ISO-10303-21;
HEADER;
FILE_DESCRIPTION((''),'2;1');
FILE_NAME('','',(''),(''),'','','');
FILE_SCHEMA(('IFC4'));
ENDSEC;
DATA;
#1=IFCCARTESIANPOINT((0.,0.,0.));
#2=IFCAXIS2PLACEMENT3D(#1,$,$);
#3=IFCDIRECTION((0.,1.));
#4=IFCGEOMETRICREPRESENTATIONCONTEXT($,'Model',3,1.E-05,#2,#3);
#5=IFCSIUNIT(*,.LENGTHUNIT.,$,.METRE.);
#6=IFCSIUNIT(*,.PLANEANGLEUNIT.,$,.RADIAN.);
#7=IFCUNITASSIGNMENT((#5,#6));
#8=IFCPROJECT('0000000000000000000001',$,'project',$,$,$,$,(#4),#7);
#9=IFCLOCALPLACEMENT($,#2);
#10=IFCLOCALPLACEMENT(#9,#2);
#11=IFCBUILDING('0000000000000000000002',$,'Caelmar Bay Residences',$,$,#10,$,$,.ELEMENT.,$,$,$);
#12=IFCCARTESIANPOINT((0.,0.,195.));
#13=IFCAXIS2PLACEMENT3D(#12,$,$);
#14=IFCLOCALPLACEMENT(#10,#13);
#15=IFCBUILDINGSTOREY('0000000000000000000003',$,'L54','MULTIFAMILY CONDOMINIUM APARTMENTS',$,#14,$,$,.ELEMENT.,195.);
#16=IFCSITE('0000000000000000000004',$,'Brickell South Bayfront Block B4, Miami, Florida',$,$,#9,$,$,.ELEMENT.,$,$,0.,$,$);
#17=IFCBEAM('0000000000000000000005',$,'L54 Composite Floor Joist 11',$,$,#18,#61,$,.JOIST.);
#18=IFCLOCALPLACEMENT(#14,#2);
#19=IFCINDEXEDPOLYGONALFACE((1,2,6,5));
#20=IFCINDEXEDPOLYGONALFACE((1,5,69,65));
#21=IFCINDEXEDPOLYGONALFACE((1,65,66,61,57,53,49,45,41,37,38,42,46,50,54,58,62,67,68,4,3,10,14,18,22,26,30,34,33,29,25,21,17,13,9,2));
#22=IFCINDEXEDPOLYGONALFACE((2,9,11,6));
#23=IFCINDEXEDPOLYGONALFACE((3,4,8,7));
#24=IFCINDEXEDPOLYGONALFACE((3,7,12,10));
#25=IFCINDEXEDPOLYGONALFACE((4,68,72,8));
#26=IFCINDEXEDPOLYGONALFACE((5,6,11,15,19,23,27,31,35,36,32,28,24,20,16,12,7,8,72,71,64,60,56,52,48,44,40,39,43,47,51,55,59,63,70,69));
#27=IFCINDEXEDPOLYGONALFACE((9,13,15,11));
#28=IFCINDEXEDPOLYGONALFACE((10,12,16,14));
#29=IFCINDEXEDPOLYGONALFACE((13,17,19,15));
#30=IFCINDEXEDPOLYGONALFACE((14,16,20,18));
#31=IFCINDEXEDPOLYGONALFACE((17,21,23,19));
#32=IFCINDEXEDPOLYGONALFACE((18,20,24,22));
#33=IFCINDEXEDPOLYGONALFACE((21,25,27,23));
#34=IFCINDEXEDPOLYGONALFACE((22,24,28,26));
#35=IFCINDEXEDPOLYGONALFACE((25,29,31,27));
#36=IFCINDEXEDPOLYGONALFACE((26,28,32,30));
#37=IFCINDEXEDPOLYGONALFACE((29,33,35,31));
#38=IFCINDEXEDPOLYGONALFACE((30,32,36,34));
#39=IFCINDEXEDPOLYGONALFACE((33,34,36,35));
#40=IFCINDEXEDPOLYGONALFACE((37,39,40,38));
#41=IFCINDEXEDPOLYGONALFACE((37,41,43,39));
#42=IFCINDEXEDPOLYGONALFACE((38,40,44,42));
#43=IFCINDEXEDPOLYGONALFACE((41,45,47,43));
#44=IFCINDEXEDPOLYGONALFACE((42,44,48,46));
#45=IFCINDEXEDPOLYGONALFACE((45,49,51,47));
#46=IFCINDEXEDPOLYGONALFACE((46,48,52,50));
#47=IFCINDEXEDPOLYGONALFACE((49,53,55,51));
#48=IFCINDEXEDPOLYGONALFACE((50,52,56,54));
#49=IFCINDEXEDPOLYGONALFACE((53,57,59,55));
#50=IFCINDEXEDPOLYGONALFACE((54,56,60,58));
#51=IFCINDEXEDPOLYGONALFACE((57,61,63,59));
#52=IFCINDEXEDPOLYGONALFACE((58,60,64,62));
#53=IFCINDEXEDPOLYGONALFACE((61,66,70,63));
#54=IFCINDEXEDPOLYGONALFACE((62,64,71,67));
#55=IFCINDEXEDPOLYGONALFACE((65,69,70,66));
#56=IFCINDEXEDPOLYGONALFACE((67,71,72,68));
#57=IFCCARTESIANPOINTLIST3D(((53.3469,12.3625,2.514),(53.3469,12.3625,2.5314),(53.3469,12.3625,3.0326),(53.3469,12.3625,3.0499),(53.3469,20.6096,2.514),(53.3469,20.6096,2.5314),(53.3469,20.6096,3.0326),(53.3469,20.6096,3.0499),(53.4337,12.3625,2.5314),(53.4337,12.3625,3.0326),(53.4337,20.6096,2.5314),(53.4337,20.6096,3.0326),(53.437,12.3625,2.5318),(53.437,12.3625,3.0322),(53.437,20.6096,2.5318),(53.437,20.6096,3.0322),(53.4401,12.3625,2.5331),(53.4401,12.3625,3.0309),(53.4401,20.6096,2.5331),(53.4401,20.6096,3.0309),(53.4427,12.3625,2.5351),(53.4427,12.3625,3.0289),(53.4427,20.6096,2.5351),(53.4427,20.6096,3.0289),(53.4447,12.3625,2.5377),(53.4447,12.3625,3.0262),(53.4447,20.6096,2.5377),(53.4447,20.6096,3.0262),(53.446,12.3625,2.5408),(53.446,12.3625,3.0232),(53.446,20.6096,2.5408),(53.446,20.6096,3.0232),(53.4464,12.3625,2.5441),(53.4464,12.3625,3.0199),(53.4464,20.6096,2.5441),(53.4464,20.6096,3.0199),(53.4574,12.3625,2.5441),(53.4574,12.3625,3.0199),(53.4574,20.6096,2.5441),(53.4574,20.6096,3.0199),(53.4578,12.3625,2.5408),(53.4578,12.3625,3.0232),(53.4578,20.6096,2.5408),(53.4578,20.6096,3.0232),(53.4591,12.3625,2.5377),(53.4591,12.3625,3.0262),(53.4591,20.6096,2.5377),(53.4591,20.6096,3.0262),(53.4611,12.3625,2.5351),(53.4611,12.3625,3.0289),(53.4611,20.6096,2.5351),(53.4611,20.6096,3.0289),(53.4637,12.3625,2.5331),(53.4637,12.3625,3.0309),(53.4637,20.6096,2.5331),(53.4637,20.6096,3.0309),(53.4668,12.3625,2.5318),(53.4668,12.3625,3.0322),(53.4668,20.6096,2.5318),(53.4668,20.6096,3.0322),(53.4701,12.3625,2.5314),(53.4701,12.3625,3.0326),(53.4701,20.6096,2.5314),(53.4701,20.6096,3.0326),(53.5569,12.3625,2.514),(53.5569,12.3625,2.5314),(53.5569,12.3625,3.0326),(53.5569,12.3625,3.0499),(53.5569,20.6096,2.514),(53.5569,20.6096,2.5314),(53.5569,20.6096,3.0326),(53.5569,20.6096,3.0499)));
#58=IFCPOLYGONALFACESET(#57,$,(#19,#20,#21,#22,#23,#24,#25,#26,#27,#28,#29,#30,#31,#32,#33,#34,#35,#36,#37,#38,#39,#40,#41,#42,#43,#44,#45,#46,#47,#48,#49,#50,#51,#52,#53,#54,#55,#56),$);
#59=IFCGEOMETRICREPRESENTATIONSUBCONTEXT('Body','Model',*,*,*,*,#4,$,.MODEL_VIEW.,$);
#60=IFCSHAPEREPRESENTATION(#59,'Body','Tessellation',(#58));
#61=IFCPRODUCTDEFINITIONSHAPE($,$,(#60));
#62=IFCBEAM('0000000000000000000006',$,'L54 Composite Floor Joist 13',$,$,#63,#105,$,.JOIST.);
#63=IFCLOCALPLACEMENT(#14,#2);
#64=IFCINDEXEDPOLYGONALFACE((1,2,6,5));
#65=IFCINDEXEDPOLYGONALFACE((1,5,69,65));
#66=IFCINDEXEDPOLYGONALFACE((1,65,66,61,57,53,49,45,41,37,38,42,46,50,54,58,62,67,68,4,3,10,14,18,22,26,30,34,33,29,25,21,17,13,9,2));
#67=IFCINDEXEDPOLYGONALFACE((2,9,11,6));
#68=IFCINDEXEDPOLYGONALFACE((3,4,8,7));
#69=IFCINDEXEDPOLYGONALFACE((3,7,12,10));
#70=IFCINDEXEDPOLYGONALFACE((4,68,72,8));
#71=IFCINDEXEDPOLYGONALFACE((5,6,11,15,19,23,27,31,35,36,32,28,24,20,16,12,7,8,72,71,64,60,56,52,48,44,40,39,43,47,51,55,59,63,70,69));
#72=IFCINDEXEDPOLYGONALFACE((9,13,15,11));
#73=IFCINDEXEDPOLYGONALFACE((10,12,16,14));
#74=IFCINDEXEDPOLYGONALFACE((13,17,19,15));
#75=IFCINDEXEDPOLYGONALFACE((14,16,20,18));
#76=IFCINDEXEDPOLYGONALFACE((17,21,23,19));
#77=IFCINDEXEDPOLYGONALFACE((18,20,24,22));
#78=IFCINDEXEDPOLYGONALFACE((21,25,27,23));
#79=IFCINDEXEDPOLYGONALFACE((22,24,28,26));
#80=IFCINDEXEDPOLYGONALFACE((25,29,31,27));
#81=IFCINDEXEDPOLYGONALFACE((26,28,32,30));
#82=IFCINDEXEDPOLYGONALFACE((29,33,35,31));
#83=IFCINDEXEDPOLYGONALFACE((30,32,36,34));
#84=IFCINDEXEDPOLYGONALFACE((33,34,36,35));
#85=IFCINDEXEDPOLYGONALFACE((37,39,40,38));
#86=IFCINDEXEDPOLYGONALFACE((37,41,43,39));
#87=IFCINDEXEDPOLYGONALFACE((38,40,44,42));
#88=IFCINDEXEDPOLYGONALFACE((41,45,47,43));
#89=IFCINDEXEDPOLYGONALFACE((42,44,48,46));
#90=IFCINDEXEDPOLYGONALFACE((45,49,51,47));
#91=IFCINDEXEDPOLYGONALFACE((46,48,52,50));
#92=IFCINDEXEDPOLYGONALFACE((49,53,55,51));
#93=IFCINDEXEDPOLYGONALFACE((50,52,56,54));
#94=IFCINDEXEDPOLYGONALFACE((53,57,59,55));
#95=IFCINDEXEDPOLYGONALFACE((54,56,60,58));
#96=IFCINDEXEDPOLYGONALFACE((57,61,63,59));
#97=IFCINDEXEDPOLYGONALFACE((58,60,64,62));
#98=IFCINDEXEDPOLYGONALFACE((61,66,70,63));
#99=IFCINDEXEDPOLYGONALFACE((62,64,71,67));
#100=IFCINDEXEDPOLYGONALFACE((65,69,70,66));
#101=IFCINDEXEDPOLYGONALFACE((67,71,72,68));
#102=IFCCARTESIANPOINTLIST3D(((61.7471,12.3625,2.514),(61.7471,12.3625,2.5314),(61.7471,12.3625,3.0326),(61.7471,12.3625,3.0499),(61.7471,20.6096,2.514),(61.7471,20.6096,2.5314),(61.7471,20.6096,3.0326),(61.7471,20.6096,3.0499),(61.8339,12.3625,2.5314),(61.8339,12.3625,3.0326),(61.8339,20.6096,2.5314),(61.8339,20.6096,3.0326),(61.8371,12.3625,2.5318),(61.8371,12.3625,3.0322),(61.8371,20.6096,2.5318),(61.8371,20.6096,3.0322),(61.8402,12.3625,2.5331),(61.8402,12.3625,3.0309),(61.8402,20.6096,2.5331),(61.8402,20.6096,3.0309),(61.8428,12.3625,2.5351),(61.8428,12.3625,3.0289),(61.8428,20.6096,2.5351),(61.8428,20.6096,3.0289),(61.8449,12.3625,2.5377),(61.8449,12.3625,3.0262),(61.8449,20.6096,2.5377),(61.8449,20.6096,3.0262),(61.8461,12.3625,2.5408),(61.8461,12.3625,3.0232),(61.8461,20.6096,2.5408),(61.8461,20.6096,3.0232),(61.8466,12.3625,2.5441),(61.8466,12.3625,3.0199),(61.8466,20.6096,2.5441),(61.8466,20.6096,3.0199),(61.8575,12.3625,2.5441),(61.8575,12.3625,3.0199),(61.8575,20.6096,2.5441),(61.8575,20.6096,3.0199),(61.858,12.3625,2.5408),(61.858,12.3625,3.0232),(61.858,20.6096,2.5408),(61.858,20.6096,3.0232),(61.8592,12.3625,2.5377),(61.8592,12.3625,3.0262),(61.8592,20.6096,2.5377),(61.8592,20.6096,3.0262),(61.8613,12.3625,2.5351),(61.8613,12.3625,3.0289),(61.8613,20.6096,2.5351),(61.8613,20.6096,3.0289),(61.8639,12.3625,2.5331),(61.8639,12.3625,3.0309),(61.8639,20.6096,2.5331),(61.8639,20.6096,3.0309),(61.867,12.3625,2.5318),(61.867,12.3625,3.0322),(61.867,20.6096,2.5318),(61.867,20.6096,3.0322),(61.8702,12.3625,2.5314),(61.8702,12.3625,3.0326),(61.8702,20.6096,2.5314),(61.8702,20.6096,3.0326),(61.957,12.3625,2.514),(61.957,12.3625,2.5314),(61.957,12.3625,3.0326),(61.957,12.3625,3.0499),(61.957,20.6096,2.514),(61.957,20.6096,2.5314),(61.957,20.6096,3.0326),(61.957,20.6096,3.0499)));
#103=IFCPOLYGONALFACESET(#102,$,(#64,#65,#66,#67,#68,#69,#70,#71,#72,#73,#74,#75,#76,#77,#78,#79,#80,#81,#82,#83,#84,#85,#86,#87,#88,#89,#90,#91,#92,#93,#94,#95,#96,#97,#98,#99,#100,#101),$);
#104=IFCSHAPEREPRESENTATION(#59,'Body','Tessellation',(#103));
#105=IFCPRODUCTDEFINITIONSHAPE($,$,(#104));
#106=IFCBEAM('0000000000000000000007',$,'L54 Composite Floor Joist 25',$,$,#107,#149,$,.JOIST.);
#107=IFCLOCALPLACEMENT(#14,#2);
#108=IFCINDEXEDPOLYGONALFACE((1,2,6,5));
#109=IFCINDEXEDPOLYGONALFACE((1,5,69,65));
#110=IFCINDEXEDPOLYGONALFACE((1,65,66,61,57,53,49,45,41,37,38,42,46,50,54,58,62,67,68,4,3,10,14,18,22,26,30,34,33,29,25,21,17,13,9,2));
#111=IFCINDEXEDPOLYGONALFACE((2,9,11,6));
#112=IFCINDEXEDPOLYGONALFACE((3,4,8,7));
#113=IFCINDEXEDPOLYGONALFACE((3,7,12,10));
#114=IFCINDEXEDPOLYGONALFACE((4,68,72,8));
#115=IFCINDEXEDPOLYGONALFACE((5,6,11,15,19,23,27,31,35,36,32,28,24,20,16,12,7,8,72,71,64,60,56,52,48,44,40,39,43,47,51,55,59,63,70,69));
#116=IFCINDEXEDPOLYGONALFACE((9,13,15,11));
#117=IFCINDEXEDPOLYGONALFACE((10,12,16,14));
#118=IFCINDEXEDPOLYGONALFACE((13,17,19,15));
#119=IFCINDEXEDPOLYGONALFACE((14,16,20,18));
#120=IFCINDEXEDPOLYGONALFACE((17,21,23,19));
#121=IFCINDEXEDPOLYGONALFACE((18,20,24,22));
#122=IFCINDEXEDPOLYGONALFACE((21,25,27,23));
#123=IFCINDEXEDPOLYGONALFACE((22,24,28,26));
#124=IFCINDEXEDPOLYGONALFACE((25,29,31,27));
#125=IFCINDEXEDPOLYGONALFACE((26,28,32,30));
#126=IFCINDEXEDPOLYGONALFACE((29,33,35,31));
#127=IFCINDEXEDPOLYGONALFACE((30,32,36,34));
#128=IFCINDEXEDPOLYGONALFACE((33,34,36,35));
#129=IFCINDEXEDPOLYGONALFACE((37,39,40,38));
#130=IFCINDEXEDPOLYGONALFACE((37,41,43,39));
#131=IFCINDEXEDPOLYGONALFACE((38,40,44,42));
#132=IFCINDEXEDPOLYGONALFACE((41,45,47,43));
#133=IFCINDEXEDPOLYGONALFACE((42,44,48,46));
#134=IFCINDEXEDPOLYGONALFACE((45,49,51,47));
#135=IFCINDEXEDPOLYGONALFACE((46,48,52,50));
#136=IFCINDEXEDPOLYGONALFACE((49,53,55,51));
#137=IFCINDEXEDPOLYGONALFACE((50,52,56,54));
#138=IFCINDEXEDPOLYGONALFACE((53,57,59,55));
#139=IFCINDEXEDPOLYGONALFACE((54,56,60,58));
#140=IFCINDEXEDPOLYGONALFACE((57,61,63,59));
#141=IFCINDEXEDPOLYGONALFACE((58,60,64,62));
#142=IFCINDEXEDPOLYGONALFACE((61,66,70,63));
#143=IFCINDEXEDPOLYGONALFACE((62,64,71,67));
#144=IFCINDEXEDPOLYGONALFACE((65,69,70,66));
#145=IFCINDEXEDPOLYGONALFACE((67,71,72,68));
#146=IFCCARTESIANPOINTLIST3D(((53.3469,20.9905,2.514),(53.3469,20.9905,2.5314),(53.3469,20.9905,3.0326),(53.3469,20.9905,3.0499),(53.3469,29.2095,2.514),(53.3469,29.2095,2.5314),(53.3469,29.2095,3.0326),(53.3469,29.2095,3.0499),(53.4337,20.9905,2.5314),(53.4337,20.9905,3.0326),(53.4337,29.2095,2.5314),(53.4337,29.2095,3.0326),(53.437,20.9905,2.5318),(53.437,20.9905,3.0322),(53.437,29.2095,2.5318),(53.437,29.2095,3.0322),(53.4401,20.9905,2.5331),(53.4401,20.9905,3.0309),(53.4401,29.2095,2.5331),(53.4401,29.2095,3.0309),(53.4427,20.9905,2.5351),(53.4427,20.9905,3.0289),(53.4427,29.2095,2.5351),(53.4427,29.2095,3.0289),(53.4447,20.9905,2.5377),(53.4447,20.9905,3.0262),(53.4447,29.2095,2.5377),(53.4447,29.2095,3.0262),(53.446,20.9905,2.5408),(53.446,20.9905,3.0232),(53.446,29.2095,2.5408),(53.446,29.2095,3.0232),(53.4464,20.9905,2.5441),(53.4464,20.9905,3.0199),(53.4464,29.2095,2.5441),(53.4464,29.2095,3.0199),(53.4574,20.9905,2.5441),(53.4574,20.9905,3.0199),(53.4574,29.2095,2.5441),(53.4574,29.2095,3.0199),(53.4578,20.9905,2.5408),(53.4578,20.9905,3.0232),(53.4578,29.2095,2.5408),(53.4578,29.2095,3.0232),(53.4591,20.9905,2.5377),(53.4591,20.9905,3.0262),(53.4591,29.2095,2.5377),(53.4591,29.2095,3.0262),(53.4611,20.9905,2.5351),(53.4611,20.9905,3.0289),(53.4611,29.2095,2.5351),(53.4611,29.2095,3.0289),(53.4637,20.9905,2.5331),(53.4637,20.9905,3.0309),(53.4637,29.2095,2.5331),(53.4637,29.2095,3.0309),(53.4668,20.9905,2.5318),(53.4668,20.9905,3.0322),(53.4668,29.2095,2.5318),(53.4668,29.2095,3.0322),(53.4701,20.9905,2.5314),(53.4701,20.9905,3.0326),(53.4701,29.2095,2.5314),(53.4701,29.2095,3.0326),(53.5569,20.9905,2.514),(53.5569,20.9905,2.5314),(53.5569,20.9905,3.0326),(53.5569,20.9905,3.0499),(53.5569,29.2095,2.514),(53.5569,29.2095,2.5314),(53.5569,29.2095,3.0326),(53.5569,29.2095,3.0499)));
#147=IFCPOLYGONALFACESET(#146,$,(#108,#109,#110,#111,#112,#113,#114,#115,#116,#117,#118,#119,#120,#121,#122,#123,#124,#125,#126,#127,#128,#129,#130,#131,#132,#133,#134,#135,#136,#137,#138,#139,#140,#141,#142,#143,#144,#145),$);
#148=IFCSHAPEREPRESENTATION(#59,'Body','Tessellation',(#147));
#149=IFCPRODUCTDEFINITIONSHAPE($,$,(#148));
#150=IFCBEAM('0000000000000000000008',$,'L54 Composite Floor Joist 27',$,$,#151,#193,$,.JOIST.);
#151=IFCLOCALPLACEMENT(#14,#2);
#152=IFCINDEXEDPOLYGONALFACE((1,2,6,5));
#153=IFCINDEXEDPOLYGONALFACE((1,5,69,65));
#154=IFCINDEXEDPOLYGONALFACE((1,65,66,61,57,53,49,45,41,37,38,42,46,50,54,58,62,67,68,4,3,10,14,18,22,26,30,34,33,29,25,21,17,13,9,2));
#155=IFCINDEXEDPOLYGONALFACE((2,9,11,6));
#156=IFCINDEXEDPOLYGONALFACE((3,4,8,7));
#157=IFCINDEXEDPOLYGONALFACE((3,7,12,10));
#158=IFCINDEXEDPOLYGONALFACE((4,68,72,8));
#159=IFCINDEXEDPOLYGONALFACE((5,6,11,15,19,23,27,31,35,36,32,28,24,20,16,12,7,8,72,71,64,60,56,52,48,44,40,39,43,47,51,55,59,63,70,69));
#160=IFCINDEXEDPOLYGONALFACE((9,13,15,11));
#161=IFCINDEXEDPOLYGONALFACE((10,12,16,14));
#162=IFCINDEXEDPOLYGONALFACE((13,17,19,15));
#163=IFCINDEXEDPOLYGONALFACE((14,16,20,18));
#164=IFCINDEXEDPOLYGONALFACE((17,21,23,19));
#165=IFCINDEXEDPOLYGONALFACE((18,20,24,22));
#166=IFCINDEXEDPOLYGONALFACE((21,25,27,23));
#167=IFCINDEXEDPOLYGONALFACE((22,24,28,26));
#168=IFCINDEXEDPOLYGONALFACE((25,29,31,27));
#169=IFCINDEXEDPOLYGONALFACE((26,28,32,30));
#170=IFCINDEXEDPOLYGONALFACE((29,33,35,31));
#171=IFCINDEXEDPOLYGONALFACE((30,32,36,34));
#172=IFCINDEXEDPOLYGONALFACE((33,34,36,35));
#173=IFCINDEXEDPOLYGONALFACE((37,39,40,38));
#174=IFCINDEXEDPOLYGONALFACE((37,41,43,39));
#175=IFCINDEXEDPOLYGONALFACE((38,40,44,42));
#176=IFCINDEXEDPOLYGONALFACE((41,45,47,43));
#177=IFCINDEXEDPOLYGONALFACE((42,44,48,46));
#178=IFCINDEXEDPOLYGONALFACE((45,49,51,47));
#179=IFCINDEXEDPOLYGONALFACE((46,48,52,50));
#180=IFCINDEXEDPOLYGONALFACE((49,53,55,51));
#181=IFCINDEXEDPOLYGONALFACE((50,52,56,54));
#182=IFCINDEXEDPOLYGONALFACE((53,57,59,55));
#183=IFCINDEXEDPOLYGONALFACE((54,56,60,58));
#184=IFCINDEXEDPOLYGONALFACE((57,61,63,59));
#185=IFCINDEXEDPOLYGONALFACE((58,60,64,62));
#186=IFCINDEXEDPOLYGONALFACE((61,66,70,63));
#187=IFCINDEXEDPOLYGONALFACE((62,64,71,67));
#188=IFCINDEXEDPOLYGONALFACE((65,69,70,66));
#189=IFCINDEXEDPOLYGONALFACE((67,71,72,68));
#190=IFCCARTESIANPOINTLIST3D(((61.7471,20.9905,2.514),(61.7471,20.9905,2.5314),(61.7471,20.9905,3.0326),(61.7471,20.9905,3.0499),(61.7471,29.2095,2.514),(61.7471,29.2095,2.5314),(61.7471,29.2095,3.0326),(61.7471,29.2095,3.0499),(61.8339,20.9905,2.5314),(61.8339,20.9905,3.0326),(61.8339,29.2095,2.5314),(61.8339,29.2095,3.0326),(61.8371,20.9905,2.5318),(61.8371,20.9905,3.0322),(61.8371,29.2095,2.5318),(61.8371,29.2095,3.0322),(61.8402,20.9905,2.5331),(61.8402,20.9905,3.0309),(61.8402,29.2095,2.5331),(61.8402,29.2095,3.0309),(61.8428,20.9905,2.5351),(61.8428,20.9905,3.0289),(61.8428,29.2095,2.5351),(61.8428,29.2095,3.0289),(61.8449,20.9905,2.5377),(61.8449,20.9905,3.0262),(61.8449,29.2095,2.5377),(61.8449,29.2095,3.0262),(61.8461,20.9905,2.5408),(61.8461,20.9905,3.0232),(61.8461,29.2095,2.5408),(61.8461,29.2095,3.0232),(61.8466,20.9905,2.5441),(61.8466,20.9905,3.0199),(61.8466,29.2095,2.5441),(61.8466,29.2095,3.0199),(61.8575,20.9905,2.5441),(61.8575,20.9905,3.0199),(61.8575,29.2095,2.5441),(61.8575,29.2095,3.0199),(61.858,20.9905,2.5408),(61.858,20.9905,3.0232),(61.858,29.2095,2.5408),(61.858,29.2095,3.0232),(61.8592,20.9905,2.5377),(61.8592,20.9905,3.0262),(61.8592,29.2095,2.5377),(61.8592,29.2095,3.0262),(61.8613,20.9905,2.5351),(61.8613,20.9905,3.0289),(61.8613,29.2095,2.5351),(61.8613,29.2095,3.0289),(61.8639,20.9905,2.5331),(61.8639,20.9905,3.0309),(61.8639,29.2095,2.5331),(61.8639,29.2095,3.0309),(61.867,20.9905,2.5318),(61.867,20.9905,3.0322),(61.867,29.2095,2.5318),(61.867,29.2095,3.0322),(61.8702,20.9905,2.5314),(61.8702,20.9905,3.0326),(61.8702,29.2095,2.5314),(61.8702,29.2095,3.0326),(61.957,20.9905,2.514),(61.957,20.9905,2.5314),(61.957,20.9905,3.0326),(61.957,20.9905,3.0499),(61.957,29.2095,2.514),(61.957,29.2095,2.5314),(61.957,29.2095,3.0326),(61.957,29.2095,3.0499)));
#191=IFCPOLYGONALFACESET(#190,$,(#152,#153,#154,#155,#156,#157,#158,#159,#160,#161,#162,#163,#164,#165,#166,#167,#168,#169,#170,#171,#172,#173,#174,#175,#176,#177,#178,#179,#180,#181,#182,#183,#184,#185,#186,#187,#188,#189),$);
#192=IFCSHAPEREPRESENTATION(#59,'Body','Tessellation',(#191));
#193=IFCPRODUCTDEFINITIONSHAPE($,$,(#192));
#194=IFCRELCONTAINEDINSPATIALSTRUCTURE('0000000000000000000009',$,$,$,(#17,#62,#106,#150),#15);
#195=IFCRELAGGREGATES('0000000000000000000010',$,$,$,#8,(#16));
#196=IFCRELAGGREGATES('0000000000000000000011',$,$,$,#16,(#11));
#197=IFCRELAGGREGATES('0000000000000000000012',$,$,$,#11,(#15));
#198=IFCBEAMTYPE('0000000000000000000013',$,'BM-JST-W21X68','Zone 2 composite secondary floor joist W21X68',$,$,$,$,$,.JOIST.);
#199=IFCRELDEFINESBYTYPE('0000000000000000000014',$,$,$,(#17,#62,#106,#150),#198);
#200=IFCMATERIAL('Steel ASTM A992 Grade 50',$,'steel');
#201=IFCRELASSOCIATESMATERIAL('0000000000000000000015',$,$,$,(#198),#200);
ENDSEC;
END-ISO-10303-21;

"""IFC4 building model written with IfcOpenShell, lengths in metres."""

from ifc_helpers import new_model, si_unit, direction, frame, origin, origin_2d, place, context, subcontext, project, spatial, i_section, extrude, material, material_profile, profile_set, type_object, element, save


model = new_model("IFC4")

# Units and contexts
model_context = context("Model", 3, precision=1e-05, world=origin(), true_north=direction((0.0, 1.0)))
body_context = subcontext(model_context, "Body", "Model", "MODEL_VIEW")
ifc_project = project(units=[si_unit("LENGTHUNIT", "METRE"), si_unit("PLANEANGLEUNIT", "RADIAN")], contexts=[model_context])

# Site, building, storey
site_placement = place(None, origin())
site = spatial("IfcSite", under=ifc_project, at=site_placement, Name="Brickell South Bayfront Block B4, Miami, Florida", CompositionType="ELEMENT", RefElevation=0.0)
building_placement = place(site_placement, origin())
building = spatial("IfcBuilding", under=site, at=building_placement, Name="Caelmar Bay Residences", CompositionType="ELEMENT")
storey_placement = place(building_placement, frame((0.0, 0.0, 195.0)))
storey = spatial("IfcBuildingStorey", under=building, at=storey_placement, Name="L54", Description="MULTIFAMILY CONDOMINIUM APARTMENTS", CompositionType="ELEMENT", Elevation=195.0)

# Beams
ifc_material_1 = material(Name="Steel ASTM A992 Grade 50", Category="steel")
ifc_material_profile_1 = material_profile(ifc_material_1, i_section(OverallWidth=0.21, OverallDepth=0.5359, WebThickness=0.011, FlangeThickness=0.0173, FilletRadius=0.0127, at=origin_2d()), Name="W21X68")
ifc_profile_set_1 = profile_set([ifc_material_profile_1], Name="Steel ASTM A992 Grade 50")
beam_type_1 = type_object("IfcBeamType", Name="BM-JST-W21X68", Description="Zone 2 composite secondary floor joist W21X68", PredefinedType="JOIST", material=ifc_profile_set_1)
for number, where, z_axis, x_axis, name in (
    (1, (53.4519, 12.3625, 2.782), (0.0, 1.0, 0.0), (-1.0, 0.0, 0.0), "L54 Composite Floor Joist 11"),
    (2, (61.8521, 12.3625, 2.782), (0.0, 1.0, 0.0), (-1.0, 0.0, 0.0), "L54 Composite Floor Joist 13"),
):
    element("IfcBeam", number, at=place(storey_placement, frame(where, z_axis=z_axis, x_axis=x_axis)), inside=storey, type_object=beam_type_1, Name=name, PredefinedType="JOIST", context=body_context, shape_type="SweptSolid", body=[
        extrude(i_section(OverallWidth=0.21, OverallDepth=0.5359, WebThickness=0.011, FlangeThickness=0.0173, FilletRadius=0.0127, at=origin_2d()), origin(), (0.0, 0.0, 1.0), 8.2471),
    ])
for number, where, z_axis, x_axis, name in (
    (3, (53.4519, 20.9905, 2.782), (0.0, 1.0, 0.0), (-1.0, 0.0, 0.0), "L54 Composite Floor Joist 25"),
    (4, (61.8521, 20.9905, 2.782), (0.0, 1.0, 0.0), (-1.0, 0.0, 0.0), "L54 Composite Floor Joist 27"),
):
    element("IfcBeam", number, at=place(storey_placement, frame(where, z_axis=z_axis, x_axis=x_axis)), inside=storey, type_object=beam_type_1, Name=name, PredefinedType="JOIST", context=body_context, shape_type="SweptSolid", body=[
        extrude(i_section(OverallWidth=0.21, OverallDepth=0.5359, WebThickness=0.011, FlangeThickness=0.0173, FilletRadius=0.0127, at=origin_2d()), origin(), (0.0, 0.0, 1.0), 8.219),
    ])

save(model, "model.ifc")
